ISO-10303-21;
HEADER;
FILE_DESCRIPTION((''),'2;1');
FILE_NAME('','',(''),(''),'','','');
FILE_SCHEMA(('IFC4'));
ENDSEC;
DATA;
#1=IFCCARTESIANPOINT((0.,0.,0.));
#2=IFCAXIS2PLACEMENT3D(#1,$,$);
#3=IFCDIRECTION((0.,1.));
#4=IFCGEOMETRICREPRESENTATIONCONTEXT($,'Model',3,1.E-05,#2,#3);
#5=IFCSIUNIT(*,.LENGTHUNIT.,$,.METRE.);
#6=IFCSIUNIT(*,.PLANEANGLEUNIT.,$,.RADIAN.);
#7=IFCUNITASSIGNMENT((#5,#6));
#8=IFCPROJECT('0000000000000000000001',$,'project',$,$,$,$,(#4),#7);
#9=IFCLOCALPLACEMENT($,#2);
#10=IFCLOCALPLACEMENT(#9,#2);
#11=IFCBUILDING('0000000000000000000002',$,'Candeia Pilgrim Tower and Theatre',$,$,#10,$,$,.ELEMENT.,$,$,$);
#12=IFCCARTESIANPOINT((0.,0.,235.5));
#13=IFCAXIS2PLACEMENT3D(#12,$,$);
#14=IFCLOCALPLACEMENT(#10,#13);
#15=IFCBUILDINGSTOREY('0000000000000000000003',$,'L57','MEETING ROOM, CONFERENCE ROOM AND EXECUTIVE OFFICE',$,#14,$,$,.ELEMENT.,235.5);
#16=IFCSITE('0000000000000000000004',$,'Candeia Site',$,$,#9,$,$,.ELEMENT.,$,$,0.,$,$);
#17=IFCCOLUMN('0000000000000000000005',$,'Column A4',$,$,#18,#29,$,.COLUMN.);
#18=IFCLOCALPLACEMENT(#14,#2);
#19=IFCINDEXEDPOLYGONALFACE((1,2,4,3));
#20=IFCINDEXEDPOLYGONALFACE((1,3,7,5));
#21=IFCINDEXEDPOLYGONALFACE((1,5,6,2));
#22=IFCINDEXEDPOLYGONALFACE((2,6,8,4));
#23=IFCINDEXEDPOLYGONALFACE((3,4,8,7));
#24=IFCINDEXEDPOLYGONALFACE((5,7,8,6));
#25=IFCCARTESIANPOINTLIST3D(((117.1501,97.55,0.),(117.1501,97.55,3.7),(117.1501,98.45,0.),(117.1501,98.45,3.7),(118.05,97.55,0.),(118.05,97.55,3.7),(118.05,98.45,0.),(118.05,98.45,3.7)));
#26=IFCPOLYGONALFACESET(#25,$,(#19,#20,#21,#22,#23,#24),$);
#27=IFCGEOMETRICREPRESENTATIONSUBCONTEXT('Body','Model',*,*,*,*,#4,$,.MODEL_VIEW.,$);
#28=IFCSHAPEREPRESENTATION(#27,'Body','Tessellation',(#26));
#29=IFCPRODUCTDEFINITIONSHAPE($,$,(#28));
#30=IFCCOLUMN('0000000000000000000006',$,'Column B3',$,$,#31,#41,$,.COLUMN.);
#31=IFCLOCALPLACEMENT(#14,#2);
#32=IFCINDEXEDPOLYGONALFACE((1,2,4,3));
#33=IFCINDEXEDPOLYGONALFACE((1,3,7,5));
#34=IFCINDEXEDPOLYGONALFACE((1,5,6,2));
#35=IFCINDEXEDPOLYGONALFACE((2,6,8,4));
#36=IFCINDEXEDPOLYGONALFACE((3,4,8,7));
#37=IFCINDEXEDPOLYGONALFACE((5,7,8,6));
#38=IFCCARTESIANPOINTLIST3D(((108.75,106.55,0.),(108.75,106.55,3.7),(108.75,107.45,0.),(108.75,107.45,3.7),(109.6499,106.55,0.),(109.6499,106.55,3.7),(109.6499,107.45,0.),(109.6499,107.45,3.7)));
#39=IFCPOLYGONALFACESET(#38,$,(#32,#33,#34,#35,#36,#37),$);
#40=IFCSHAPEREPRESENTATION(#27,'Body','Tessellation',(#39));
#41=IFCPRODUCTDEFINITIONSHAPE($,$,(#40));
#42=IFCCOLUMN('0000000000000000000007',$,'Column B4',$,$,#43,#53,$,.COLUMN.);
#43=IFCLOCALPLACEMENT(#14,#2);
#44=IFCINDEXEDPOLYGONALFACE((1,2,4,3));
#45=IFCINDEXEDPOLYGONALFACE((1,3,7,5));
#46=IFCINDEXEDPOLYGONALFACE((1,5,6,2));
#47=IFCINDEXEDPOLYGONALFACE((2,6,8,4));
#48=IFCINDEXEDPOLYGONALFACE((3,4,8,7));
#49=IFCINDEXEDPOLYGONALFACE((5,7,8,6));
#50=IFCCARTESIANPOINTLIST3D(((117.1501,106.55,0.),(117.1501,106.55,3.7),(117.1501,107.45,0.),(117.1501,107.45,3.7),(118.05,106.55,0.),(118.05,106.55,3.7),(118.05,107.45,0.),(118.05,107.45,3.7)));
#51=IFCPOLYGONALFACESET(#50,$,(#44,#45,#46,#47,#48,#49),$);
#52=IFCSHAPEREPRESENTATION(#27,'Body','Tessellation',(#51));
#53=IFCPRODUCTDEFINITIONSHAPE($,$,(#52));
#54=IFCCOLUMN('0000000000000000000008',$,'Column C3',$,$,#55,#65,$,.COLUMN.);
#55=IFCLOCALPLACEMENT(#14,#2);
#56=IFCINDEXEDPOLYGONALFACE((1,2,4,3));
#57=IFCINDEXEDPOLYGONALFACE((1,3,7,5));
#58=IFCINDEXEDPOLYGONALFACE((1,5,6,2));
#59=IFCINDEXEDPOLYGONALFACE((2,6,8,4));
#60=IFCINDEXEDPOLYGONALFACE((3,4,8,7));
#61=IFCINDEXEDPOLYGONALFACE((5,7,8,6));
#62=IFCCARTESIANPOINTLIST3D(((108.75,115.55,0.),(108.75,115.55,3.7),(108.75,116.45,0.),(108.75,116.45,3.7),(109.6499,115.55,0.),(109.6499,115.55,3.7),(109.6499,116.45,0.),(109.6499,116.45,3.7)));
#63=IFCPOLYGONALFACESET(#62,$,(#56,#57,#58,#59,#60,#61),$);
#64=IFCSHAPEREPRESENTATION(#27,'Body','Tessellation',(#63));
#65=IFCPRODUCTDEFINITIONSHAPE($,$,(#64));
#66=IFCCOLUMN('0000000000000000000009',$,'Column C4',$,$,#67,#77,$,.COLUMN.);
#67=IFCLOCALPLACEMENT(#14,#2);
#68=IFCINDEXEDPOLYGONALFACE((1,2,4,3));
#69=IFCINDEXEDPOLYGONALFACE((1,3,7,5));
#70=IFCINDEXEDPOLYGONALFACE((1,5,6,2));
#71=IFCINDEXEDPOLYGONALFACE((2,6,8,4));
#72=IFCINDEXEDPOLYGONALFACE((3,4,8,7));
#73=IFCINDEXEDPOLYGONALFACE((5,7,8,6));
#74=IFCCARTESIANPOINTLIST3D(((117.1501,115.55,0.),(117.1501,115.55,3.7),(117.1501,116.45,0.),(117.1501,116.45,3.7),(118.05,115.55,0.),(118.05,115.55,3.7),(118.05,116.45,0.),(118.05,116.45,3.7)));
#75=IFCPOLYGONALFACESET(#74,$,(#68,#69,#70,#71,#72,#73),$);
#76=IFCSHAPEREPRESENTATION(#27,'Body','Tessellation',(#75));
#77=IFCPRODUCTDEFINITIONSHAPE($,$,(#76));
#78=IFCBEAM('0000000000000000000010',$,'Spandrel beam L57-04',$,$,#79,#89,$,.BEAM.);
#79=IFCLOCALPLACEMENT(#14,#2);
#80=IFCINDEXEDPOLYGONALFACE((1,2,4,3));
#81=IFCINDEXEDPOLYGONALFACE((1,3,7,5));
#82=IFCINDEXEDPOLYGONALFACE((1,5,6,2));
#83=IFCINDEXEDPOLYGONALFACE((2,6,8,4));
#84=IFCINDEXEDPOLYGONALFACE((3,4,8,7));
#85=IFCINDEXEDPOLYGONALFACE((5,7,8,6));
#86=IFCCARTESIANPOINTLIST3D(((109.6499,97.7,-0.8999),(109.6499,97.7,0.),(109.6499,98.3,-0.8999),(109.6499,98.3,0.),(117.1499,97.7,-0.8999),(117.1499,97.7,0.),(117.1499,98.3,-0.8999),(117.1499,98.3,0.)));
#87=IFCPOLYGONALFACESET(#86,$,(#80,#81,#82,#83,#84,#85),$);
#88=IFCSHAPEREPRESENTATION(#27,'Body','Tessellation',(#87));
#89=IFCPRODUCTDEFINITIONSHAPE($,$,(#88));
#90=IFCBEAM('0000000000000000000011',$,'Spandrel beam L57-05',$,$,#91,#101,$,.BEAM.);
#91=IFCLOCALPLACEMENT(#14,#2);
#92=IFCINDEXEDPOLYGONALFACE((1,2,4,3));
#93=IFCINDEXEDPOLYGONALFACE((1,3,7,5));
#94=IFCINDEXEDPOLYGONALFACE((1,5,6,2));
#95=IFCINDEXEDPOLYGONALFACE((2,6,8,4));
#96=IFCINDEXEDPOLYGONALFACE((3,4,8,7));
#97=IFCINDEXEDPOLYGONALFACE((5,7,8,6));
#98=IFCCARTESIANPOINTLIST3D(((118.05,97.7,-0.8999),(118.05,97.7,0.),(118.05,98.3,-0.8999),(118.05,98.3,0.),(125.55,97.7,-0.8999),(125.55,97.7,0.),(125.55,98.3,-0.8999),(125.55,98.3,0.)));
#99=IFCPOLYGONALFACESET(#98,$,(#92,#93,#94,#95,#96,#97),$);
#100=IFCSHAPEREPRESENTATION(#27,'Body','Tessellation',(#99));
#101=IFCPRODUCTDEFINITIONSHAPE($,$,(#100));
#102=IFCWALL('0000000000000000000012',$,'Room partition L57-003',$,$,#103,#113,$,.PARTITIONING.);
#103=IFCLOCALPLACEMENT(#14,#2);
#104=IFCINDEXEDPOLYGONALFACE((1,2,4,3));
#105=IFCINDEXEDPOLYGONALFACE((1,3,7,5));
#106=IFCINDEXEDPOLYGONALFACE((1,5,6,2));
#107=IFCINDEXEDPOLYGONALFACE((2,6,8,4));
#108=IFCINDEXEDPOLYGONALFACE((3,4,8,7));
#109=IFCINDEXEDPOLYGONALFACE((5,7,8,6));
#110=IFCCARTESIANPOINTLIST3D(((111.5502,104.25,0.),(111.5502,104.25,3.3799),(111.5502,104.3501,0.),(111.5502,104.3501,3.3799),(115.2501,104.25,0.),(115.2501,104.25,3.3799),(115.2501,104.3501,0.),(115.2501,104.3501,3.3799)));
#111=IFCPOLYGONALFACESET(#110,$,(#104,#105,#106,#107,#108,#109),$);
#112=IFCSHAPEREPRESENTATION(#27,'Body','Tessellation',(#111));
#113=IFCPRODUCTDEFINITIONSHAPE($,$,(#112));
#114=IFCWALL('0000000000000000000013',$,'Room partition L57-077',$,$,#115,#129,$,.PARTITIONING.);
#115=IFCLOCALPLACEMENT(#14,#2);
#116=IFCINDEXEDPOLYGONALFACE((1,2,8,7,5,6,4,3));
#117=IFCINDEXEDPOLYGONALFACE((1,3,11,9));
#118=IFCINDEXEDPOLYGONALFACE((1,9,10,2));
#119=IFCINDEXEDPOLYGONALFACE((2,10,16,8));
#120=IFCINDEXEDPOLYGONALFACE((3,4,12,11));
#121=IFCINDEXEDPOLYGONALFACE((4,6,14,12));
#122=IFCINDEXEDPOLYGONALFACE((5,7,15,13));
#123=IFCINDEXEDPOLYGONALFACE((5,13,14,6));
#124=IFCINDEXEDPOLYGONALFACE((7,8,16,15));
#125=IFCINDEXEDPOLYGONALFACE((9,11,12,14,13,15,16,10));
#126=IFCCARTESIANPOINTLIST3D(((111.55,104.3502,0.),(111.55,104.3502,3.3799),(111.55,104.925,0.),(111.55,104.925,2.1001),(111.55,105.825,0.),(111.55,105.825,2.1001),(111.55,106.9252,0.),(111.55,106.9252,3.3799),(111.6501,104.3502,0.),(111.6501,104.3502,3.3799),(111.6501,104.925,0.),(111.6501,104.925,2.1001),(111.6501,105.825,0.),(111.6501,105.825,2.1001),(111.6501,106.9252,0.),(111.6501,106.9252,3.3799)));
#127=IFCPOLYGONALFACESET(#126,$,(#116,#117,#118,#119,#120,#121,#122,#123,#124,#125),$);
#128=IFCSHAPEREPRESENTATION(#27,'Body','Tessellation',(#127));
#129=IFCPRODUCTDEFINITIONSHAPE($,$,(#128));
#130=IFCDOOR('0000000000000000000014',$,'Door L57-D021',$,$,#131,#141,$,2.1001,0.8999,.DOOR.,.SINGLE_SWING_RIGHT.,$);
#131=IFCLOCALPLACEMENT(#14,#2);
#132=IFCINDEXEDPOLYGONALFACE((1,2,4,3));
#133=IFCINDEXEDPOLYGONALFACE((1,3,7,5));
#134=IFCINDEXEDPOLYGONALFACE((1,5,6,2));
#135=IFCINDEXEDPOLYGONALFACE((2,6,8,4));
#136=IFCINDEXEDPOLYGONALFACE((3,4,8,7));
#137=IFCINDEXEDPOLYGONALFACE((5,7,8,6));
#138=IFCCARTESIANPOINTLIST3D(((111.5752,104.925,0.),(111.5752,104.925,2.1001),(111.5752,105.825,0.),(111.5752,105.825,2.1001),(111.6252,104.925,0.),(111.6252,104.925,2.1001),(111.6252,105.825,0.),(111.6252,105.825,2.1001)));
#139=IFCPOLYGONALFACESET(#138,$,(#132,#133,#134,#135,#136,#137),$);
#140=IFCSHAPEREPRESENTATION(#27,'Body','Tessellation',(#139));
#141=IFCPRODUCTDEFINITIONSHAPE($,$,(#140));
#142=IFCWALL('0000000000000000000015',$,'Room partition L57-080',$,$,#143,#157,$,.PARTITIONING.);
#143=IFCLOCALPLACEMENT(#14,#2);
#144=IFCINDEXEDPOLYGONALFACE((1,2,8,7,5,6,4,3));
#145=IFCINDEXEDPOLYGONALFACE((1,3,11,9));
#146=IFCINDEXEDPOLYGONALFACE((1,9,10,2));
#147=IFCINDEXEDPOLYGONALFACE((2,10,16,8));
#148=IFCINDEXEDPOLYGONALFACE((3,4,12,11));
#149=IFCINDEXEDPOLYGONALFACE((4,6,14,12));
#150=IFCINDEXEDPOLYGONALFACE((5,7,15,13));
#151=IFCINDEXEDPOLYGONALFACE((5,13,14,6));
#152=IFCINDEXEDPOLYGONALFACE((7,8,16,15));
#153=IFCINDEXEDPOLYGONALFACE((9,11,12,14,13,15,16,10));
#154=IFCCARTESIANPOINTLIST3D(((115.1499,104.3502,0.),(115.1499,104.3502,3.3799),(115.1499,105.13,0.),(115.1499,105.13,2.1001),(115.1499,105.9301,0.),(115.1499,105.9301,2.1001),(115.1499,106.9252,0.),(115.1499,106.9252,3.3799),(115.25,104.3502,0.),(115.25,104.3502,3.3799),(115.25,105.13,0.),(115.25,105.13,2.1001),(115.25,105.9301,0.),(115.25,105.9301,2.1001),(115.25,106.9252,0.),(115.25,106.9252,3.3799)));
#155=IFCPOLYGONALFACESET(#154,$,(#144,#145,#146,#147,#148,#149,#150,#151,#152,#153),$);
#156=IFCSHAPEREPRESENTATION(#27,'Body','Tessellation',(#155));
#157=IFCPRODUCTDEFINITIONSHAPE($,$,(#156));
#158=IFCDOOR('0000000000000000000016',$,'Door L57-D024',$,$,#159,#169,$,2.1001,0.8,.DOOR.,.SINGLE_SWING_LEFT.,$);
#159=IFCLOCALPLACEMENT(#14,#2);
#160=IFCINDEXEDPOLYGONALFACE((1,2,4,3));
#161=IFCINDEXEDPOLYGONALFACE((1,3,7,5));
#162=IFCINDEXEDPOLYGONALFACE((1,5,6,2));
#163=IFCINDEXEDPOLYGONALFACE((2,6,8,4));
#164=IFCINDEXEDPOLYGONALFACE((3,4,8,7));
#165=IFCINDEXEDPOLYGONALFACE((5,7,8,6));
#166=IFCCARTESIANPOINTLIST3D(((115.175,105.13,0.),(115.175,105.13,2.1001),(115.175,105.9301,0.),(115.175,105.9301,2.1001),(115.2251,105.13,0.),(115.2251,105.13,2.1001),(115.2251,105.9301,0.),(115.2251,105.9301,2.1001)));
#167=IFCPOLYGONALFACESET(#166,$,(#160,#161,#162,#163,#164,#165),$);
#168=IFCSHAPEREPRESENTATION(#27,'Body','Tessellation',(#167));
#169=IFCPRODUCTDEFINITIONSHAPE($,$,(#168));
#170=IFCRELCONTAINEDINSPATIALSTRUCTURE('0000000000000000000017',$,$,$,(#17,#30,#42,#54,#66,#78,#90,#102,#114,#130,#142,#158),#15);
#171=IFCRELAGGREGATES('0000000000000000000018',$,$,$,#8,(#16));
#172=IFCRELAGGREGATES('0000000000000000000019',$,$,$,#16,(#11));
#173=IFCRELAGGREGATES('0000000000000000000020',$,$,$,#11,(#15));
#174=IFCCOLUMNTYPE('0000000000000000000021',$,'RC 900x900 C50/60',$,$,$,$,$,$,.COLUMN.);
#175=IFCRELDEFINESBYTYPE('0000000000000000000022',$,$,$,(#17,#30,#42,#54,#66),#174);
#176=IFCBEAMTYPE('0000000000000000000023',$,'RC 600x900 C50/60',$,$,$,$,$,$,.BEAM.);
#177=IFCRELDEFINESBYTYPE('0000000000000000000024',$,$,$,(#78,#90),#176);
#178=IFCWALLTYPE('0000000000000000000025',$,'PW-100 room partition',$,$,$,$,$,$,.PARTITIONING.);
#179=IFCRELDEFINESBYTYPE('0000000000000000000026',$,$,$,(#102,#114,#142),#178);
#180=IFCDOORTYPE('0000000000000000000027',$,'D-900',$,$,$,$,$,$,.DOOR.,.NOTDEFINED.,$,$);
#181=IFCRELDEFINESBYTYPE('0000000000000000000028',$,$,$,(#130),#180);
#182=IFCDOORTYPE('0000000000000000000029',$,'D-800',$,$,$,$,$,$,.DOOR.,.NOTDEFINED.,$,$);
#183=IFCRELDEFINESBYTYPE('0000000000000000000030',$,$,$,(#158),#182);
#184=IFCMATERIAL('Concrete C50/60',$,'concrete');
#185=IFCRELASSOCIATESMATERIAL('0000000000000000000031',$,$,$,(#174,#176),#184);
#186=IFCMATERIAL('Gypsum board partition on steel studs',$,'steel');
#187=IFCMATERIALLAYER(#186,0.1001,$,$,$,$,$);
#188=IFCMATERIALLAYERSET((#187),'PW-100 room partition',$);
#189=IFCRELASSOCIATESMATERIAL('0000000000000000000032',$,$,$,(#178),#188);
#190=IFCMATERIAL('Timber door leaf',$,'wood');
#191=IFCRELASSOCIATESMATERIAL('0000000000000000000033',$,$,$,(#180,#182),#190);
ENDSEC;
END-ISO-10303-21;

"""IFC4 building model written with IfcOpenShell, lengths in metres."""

from ifc_helpers import new_model, si_unit, direction, frame, frame_2d, origin, origin_2d, place, context, subcontext, project, spatial, rectangle, extrude, material, layer, layer_set, material_profile, profile_set, type_object, element, fill, save


model = new_model("IFC4")

# Units and contexts
model_context = context("Model", 3, precision=1e-05, world=origin(), true_north=direction((0.0, 1.0)))
body_context = subcontext(model_context, "Body", "Model", "MODEL_VIEW")
ifc_project = project(units=[si_unit("LENGTHUNIT", "METRE"), si_unit("PLANEANGLEUNIT", "RADIAN")], contexts=[model_context])

# Site, building, storey
site_placement = place(None, origin())
site = spatial("IfcSite", under=ifc_project, at=site_placement, Name="Candeia Site", CompositionType="ELEMENT", RefElevation=0.0)
building_placement = place(site_placement, origin())
building = spatial("IfcBuilding", under=site, at=building_placement, Name="Candeia Pilgrim Tower and Theatre", CompositionType="ELEMENT")
storey_placement = place(building_placement, frame((0.0, 0.0, 235.5)))
storey = spatial("IfcBuildingStorey", under=building, at=storey_placement, Name="L57", Description="MEETING ROOM, CONFERENCE ROOM AND EXECUTIVE OFFICE", CompositionType="ELEMENT", Elevation=235.5)

# Columns
ifc_material_1 = material(Name="Concrete C50/60", Category="concrete")
ifc_material_profile_1 = material_profile(ifc_material_1, rectangle(XDim=0.8999, YDim=0.8999, at=origin_2d()))
ifc_profile_set_1 = profile_set([ifc_material_profile_1], Name="Concrete C50/60")
column_type = type_object("IfcColumnType", Name="RC 900x900 C50/60", PredefinedType="COLUMN", material=ifc_profile_set_1)
for number, where, z_axis, x_axis, name in (
    (1, (117.6001, 98.0, 0.0), (0.0, 0.0, 1.0), (1.0, 0.0, 0.0), "Column A4"),
    (2, (109.2, 107.0, 0.0), (0.0, 0.0, 1.0), (1.0, 0.0, 0.0), "Column B3"),
    (3, (117.6001, 107.0, 0.0), (0.0, 0.0, 1.0), (1.0, 0.0, 0.0), "Column B4"),
    (4, (109.2, 116.0, 0.0), (0.0, 0.0, 1.0), (1.0, 0.0, 0.0), "Column C3"),
    (5, (117.6001, 116.0, 0.0), (0.0, 0.0, 1.0), (1.0, 0.0, 0.0), "Column C4"),
):
    element("IfcColumn", number, at=place(storey_placement, frame(where, z_axis=z_axis, x_axis=x_axis)), inside=storey, type_object=column_type, Name=name, PredefinedType="COLUMN", context=body_context, shape_type="SweptSolid", body=[
        extrude(rectangle(XDim=0.8999, YDim=0.8999, at=origin_2d()), origin(), (0.0, 0.0, 1.0), 3.7),
    ])

# Beams
ifc_material_profile_2 = material_profile(ifc_material_1, rectangle(XDim=0.6001, YDim=0.8999, at=origin_2d()))
ifc_profile_set_2 = profile_set([ifc_material_profile_2], Name="Concrete C50/60")
beam_type = type_object("IfcBeamType", Name="RC 600x900 C50/60", PredefinedType="BEAM", material=ifc_profile_set_2)
for number, where, z_axis, x_axis, name in (
    (6, (109.6499, 98.0, -0.45), (1.0, 0.0, 0.0), (0.0, 1.0, 0.0), "Spandrel beam L57-04"),
    (7, (118.05, 98.0, -0.45), (1.0, 0.0, 0.0), (0.0, 1.0, 0.0), "Spandrel beam L57-05"),
):
    element("IfcBeam", number, at=place(storey_placement, frame(where, z_axis=z_axis, x_axis=x_axis)), inside=storey, type_object=beam_type, Name=name, PredefinedType="BEAM", context=body_context, shape_type="SweptSolid", body=[
        extrude(rectangle(XDim=0.6001, YDim=0.8999, at=origin_2d()), origin(), (0.0, 0.0, 1.0), 7.5),
    ])

# Wall
ifc_material_2 = material(Name="Gypsum board partition on steel studs", Category="steel")
ifc_layer_1 = layer(ifc_material_2, 0.1001)
ifc_layer_set_1 = layer_set([ifc_layer_1], Name="PW-100 room partition")
wall_type_1 = type_object("IfcWallType", Name="PW-100 room partition", PredefinedType="PARTITIONING", material=ifc_layer_set_1)
wall_1_placement = place(storey_placement, frame((111.55, 104.3, 0.0), z_axis=(0.0, 0.0, 1.0), x_axis=(1.0, 0.0, 0.0)))
element("IfcWall", 8, at=wall_1_placement, inside=storey, type_object=wall_type_1, Name="Room partition L57-003", PredefinedType="PARTITIONING", context=body_context, shape_type="SweptSolid", body=[
    extrude(rectangle(XDim=3.7, YDim=0.1001, at=frame_2d((1.8501, 0.0))), origin(), (0.0, 0.0, 1.0), 3.3799),
])

# Walls, openings, doors
wall_2_placement = place(storey_placement, frame((111.6001, 104.3501, 0.0), z_axis=(0.0, 0.0, 1.0), x_axis=(0.0, 1.0, 0.0)))
wall_2 = element("IfcWall", 9, at=wall_2_placement, inside=storey, type_object=wall_type_1, Name="Room partition L57-077", PredefinedType="PARTITIONING", context=body_context, shape_type="SweptSolid", body=[
    extrude(rectangle(XDim=2.575, YDim=0.1001, at=frame_2d((1.2876, 0.0))), origin(), (0.0, 0.0, 1.0), 3.3799),
])
opening_1_placement = place(wall_2_placement, frame((0.575, 0.0, 0.0)))
opening_1 = element("IfcOpeningElement", 10, at=opening_1_placement, cuts=wall_2, PredefinedType="OPENING", context=body_context, shape_type="SweptSolid", body=[
    extrude(rectangle(XDim=0.8999, YDim=2.1001, at=frame_2d((0.45, 1.05))), frame((0.0, 0.0601, 0.0), z_axis=(0.0, -1.0, 0.0), x_axis=(1.0, 0.0, 0.0)), (0.0, 0.0, 1.0), 0.1201),
])
ifc_material_3 = material(Name="Timber door leaf", Category="wood")
door_type_1 = type_object("IfcDoorType", Name="D-900", OperationType="NOTDEFINED", PredefinedType="DOOR", material=ifc_material_3)
door_1_placement = place(opening_1_placement, origin())
door_1 = element("IfcDoor", 11, at=door_1_placement, inside=storey, type_object=door_type_1, Name="Door L57-D021", OperationType="SINGLE_SWING_RIGHT", OverallHeight=2.1001, OverallWidth=0.8999, PredefinedType="DOOR", context=body_context, shape_type="SweptSolid", body=[
    extrude(rectangle(XDim=0.8999, YDim=2.1001, at=frame_2d((0.45, 1.05))), frame((0.0, 0.0249, 0.0), z_axis=(0.0, -1.0, 0.0), x_axis=(1.0, 0.0, 0.0)), (0.0, 0.0, 1.0), 0.05),
])
fill(opening_1, door_1)
wall_3_placement = place(storey_placement, frame((115.2, 104.3501, 0.0), z_axis=(0.0, 0.0, 1.0), x_axis=(0.0, 1.0, 0.0)))
wall_3 = element("IfcWall", 12, at=wall_3_placement, inside=storey, type_object=wall_type_1, Name="Room partition L57-080", PredefinedType="PARTITIONING", context=body_context, shape_type="SweptSolid", body=[
    extrude(rectangle(XDim=2.575, YDim=0.1001, at=frame_2d((1.2876, 0.0))), origin(), (0.0, 0.0, 1.0), 3.3799),
])
opening_2_placement = place(wall_3_placement, frame((0.78, 0.0, 0.0)))
opening_2 = element("IfcOpeningElement", 13, at=opening_2_placement, cuts=wall_3, PredefinedType="OPENING", context=body_context, shape_type="SweptSolid", body=[
    extrude(rectangle(XDim=0.8, YDim=2.1001, at=frame_2d((0.3999, 1.05))), frame((0.0, 0.0601, 0.0), z_axis=(0.0, -1.0, 0.0), x_axis=(1.0, 0.0, 0.0)), (0.0, 0.0, 1.0), 0.1201),
])
door_type_2 = type_object("IfcDoorType", Name="D-800", OperationType="NOTDEFINED", PredefinedType="DOOR", material=ifc_material_3)
door_2_placement = place(opening_2_placement, origin())
door_2 = element("IfcDoor", 14, at=door_2_placement, inside=storey, type_object=door_type_2, Name="Door L57-D024", OperationType="SINGLE_SWING_LEFT", OverallHeight=2.1001, OverallWidth=0.8, PredefinedType="DOOR", context=body_context, shape_type="SweptSolid", body=[
    extrude(rectangle(XDim=0.8, YDim=2.1001, at=frame_2d((0.3999, 1.05))), frame((0.0, 0.0249, 0.0), z_axis=(0.0, -1.0, 0.0), x_axis=(1.0, 0.0, 0.0)), (0.0, 0.0, 1.0), 0.05),
])
fill(opening_2, door_2)

save(model, "model.ifc")
